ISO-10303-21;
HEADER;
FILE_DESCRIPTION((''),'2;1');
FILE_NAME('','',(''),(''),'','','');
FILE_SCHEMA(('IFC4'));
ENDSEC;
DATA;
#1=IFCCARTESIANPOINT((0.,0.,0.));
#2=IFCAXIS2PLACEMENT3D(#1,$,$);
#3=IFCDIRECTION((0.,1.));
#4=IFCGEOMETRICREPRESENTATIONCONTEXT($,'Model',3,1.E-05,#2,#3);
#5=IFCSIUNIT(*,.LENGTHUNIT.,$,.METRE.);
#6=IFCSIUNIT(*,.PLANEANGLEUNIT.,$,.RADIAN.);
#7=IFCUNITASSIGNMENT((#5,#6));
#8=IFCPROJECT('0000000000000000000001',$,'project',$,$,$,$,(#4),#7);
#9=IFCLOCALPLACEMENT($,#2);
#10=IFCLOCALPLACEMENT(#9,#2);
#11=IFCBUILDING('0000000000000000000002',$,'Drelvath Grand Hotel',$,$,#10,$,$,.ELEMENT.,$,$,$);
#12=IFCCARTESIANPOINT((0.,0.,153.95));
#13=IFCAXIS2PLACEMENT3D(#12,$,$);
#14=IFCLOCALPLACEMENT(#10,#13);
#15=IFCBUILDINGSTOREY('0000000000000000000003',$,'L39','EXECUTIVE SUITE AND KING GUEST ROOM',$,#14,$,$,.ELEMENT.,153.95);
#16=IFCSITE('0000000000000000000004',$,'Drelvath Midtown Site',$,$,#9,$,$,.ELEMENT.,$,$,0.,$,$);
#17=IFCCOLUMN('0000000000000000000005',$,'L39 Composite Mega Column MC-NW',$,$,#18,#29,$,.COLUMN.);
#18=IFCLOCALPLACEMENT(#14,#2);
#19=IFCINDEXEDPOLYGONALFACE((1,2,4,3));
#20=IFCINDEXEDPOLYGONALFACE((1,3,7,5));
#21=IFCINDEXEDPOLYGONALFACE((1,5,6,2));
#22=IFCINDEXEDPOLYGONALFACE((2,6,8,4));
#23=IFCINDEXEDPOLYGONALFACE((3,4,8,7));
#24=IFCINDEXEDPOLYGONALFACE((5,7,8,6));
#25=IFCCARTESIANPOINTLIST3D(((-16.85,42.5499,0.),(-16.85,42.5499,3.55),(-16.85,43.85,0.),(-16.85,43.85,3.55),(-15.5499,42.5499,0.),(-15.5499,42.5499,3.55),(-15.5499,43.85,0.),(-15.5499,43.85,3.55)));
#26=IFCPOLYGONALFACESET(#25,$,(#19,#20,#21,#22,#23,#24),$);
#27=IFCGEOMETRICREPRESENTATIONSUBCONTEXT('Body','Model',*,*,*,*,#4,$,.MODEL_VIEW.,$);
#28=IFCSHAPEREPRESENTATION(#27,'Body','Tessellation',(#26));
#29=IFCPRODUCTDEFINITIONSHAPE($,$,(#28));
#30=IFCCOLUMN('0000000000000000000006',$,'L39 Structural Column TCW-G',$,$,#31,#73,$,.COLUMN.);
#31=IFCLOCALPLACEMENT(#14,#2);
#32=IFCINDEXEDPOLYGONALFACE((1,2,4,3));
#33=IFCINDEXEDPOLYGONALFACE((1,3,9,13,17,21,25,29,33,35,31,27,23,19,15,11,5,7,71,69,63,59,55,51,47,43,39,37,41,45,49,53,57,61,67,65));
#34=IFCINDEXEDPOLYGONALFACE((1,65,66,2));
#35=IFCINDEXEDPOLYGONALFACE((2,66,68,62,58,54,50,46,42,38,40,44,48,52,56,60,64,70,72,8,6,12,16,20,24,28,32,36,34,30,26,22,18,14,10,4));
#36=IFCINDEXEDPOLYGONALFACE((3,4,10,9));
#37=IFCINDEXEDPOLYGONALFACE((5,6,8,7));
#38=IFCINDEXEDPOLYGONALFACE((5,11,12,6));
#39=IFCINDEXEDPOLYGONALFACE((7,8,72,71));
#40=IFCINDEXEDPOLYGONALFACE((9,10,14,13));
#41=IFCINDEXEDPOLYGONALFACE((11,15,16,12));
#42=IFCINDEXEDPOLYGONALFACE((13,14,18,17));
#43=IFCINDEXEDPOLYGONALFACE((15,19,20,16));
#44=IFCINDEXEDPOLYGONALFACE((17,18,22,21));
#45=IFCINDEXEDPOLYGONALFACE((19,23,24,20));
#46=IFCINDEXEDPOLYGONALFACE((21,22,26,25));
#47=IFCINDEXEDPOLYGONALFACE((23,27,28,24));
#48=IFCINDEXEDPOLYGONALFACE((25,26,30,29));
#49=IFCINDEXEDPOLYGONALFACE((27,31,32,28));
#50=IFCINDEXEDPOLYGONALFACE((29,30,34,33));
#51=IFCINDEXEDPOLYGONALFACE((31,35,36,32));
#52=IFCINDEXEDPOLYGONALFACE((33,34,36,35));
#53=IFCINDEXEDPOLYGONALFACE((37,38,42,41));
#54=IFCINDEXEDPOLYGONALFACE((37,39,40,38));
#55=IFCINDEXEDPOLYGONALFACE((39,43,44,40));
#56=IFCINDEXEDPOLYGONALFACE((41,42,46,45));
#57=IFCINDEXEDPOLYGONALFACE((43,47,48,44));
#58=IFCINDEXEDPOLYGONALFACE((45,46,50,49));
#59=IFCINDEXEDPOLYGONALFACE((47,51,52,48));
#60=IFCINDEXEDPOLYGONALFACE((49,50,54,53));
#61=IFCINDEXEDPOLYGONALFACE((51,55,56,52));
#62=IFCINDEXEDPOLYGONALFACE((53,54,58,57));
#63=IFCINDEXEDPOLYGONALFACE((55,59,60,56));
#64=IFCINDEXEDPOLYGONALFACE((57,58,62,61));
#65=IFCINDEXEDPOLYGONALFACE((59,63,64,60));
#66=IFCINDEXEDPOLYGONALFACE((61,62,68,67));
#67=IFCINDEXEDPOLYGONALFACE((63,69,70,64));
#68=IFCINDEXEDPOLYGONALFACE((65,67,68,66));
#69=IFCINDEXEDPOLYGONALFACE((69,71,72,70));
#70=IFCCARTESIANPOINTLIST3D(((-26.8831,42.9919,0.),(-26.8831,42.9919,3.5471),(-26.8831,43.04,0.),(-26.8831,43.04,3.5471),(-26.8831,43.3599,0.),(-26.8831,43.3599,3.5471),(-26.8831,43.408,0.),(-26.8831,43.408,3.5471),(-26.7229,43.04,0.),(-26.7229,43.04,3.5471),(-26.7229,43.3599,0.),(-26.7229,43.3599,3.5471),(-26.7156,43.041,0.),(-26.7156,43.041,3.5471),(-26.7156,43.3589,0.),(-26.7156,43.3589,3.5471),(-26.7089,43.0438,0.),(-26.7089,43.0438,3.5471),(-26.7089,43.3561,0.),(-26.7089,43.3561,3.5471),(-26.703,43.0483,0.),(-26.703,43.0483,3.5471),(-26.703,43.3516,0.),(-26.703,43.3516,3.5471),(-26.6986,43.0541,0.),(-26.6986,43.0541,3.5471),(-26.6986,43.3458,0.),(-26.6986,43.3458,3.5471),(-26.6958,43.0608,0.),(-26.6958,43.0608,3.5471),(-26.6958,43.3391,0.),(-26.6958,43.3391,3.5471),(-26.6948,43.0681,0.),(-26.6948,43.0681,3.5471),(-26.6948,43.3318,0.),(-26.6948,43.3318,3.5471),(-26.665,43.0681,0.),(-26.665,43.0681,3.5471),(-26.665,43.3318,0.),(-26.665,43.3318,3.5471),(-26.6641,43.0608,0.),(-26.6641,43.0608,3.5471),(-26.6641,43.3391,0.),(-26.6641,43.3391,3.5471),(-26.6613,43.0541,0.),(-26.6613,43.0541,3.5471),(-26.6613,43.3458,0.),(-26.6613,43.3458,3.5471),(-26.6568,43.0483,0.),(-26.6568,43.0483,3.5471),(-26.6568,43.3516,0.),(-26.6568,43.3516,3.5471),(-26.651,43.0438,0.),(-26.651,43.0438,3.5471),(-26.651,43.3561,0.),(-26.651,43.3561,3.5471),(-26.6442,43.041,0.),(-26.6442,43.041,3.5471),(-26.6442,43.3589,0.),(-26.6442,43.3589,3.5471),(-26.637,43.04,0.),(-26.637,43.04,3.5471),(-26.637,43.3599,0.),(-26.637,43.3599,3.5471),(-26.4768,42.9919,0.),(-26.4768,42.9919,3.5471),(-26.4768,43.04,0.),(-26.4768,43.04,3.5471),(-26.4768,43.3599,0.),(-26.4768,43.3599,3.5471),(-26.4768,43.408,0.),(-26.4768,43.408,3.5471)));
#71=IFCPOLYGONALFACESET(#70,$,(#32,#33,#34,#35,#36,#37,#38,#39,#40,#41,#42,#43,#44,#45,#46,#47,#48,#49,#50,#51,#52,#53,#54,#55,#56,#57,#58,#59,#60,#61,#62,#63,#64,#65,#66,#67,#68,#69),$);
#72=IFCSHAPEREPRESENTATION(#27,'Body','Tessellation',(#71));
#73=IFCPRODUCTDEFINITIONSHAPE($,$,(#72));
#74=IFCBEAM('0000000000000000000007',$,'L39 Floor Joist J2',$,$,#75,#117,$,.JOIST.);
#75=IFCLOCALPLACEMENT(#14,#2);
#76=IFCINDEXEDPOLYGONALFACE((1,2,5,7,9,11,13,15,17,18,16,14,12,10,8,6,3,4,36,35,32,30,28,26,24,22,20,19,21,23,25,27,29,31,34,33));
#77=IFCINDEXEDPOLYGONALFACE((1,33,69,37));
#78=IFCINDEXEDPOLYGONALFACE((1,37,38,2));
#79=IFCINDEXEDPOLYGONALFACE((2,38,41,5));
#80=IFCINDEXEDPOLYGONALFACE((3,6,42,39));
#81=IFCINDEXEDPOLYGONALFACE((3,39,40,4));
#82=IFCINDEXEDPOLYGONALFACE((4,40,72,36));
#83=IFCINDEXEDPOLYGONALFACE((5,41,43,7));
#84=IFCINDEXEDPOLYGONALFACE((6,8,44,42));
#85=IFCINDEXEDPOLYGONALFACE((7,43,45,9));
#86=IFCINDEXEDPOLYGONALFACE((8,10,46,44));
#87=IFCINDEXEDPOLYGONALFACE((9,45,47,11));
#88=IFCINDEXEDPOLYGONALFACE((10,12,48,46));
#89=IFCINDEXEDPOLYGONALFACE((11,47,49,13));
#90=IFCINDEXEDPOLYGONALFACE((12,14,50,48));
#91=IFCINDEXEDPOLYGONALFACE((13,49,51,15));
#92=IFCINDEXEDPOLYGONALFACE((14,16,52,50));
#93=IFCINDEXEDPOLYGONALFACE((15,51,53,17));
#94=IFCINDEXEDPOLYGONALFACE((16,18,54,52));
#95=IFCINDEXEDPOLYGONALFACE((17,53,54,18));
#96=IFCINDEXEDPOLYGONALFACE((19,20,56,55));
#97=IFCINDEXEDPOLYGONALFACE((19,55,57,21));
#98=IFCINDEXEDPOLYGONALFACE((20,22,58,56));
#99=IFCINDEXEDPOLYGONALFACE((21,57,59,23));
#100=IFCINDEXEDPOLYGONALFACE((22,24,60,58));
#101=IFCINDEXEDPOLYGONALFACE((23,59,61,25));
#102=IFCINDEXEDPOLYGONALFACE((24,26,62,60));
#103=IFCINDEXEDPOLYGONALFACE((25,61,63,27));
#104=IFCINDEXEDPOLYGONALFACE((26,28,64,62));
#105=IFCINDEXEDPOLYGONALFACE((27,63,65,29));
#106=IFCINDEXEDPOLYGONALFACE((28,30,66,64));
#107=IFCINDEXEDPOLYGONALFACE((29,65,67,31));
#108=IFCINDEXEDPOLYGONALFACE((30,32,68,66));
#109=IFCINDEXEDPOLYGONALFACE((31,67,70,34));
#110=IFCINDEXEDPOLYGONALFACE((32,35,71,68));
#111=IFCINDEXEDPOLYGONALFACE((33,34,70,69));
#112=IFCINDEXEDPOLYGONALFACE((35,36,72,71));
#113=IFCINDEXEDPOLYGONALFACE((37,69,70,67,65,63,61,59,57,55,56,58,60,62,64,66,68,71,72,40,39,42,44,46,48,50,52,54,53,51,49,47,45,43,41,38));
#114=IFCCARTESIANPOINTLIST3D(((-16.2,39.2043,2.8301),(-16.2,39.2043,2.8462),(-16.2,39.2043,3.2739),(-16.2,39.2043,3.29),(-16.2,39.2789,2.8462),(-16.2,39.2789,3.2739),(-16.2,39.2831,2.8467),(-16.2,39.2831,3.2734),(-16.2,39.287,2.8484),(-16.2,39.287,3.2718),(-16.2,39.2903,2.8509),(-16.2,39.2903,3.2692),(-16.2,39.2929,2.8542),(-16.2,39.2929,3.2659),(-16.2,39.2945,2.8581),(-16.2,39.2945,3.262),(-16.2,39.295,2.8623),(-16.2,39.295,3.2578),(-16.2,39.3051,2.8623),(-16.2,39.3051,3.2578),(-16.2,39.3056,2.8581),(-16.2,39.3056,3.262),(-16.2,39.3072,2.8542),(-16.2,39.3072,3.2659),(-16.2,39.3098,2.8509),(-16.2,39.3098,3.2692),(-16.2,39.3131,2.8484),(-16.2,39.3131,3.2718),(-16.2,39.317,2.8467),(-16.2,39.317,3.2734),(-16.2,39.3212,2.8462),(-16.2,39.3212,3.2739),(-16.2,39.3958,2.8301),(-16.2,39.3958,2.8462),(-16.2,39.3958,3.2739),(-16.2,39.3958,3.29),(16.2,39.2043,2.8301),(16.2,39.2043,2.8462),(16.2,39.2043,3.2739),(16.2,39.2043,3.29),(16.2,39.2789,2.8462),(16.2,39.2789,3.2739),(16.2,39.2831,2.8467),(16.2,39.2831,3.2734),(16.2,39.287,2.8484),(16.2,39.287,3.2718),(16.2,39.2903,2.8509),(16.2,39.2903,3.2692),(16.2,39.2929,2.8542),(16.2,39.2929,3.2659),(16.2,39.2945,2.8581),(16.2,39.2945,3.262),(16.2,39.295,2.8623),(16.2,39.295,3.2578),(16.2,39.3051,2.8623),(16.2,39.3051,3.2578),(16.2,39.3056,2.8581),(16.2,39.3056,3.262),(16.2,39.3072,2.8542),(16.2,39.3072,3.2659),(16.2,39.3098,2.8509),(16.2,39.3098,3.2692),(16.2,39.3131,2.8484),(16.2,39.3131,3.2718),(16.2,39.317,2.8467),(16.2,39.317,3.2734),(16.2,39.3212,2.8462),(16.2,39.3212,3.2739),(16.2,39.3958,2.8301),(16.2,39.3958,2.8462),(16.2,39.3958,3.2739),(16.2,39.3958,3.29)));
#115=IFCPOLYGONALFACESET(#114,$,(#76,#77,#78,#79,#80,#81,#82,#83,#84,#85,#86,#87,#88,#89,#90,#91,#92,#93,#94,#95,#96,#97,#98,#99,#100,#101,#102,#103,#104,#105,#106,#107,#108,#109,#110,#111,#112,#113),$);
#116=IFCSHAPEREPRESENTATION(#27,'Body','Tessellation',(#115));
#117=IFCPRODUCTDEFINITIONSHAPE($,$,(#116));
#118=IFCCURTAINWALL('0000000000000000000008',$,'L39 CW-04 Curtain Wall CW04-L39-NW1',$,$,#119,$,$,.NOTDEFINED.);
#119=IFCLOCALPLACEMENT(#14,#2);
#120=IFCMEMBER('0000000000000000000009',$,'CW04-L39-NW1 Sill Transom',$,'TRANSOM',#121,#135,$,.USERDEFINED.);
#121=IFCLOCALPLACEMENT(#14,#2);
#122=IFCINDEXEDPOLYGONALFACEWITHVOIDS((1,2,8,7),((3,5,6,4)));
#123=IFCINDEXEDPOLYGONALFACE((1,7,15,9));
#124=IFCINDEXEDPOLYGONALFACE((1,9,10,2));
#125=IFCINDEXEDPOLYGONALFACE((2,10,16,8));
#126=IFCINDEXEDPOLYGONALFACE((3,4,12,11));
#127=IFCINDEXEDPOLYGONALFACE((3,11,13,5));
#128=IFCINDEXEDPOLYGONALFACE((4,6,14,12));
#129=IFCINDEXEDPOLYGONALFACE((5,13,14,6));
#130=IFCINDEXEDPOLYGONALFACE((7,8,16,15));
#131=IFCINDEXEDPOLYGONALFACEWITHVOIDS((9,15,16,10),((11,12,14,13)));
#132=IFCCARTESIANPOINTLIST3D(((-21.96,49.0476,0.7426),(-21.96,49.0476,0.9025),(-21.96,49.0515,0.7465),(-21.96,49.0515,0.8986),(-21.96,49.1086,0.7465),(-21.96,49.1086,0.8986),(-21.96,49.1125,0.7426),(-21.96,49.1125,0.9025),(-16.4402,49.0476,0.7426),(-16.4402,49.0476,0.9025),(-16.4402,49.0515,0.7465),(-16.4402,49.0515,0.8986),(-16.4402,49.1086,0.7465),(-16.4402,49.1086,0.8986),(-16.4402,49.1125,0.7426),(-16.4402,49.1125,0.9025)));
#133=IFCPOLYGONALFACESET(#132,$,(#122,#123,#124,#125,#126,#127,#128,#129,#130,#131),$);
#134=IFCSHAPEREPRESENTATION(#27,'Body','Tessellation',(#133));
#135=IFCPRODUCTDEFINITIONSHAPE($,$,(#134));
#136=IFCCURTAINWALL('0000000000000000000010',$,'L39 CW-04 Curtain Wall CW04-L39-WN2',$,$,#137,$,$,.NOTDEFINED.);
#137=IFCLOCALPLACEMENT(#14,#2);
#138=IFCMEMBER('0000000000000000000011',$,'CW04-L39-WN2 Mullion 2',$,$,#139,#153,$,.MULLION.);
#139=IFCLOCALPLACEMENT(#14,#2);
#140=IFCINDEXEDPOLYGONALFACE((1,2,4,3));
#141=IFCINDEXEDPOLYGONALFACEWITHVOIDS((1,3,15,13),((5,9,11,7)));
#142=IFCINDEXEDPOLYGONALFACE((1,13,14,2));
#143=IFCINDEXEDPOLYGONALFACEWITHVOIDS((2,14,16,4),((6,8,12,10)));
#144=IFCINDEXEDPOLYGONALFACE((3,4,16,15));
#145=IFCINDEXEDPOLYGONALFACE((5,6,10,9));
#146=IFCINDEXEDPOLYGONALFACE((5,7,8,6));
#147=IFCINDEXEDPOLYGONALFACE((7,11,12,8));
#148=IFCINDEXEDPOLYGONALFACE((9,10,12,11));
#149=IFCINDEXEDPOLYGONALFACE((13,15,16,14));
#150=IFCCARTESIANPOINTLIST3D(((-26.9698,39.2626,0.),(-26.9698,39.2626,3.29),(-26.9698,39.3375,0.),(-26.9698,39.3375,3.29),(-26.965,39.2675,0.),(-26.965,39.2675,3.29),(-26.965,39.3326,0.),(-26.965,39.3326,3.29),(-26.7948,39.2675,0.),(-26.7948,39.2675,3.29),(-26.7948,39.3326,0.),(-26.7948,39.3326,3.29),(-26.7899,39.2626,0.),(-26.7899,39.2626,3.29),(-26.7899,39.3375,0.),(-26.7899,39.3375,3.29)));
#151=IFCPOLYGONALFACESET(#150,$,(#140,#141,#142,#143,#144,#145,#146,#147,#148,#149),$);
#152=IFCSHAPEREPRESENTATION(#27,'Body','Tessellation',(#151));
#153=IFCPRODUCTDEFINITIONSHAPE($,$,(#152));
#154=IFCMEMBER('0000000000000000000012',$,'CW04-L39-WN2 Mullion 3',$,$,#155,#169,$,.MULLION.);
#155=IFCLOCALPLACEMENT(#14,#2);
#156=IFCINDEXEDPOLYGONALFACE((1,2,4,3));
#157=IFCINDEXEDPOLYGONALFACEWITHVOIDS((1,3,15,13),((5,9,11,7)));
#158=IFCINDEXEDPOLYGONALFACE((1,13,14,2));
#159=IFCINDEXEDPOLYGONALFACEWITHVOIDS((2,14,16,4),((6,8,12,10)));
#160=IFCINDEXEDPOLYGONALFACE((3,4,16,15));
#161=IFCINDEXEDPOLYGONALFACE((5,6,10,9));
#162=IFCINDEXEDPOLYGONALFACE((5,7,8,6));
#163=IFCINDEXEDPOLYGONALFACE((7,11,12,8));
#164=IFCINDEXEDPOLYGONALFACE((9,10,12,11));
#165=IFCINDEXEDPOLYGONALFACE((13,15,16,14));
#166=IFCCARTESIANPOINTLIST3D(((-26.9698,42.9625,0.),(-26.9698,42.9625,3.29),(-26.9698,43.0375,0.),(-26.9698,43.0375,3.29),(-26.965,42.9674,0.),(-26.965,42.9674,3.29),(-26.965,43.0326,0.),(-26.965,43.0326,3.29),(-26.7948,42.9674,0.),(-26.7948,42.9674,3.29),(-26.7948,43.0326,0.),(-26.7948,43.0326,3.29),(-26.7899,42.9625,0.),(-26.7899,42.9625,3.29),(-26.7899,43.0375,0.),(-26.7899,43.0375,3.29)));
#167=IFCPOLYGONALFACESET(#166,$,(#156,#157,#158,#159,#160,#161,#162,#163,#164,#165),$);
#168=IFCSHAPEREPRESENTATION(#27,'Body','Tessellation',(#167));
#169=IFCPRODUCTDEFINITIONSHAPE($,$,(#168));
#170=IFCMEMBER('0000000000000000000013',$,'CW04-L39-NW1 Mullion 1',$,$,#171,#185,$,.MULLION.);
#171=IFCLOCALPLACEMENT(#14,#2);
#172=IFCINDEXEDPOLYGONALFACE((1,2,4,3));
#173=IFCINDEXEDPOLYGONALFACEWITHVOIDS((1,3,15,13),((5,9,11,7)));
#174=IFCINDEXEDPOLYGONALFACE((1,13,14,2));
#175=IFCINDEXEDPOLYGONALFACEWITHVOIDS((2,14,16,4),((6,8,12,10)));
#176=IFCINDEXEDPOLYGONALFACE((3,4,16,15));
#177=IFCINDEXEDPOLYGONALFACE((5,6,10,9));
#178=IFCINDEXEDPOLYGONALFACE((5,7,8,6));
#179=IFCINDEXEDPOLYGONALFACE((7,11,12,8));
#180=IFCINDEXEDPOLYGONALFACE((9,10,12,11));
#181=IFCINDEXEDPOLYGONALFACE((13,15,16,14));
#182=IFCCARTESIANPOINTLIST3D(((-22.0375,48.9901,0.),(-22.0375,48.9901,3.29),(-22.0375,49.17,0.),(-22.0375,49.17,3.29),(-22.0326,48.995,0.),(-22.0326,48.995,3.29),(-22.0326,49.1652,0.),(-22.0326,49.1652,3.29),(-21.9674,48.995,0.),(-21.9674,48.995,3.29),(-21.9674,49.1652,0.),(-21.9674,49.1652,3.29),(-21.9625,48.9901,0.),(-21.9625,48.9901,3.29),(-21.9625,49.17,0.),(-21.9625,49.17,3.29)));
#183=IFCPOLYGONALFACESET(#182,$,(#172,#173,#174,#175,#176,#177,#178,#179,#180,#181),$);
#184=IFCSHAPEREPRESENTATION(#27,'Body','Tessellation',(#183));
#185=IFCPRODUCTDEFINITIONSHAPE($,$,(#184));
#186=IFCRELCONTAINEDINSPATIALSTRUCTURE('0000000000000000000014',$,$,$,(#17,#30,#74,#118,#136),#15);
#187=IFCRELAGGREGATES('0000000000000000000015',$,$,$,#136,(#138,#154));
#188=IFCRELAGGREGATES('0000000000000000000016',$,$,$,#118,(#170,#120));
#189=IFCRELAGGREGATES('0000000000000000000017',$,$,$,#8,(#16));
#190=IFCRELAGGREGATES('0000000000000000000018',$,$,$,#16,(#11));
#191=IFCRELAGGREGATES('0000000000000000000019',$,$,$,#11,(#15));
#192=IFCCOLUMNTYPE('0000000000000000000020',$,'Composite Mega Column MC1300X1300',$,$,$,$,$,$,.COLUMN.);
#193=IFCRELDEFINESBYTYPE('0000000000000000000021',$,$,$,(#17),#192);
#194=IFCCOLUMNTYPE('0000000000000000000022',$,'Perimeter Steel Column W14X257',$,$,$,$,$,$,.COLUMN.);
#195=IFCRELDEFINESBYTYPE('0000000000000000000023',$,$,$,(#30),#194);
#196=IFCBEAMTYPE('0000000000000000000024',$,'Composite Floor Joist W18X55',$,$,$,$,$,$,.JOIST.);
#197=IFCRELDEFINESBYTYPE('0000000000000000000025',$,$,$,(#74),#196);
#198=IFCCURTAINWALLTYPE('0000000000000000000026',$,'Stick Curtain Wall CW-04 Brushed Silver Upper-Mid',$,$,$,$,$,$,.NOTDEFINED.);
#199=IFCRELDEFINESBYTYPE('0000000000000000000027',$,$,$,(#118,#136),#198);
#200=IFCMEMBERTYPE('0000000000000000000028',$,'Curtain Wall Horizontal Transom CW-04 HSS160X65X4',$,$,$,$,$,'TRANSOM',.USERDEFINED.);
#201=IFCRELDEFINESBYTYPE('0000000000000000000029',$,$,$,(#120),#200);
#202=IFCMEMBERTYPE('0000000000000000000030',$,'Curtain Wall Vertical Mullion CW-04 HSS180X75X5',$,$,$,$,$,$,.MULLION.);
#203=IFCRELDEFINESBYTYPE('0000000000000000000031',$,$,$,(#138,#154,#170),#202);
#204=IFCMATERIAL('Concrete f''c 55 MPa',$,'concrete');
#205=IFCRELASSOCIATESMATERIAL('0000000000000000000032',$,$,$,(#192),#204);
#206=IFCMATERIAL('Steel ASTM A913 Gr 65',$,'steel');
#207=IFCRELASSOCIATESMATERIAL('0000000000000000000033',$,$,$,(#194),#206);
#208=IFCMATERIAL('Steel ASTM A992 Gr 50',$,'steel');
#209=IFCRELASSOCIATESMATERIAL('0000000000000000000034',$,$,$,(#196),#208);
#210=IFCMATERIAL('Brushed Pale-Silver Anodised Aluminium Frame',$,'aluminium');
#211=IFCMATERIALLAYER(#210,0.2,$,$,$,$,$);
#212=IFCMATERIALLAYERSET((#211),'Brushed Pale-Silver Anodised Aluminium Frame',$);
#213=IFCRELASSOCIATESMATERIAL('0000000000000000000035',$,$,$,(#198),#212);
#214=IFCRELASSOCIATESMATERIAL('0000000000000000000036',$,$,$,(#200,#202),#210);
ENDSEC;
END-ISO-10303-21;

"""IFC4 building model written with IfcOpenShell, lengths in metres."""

from ifc_helpers import new_model, si_unit, direction, frame, origin, origin_2d, place, context, subcontext, project, spatial, rectangle, hollow_rectangle, i_section, extrude, material, layer, layer_set, material_profile, profile_set, type_object, element, aggregate, save


model = new_model("IFC4")

# Units and contexts
model_context = context("Model", 3, precision=1e-05, world=origin(), true_north=direction((0.0, 1.0)))
body_context = subcontext(model_context, "Body", "Model", "MODEL_VIEW")
ifc_project = project(units=[si_unit("LENGTHUNIT", "METRE"), si_unit("PLANEANGLEUNIT", "RADIAN")], contexts=[model_context])

# Site, building, storey
site_placement = place(None, origin())
site = spatial("IfcSite", under=ifc_project, at=site_placement, Name="Drelvath Midtown Site", CompositionType="ELEMENT", RefElevation=0.0)
building_placement = place(site_placement, origin())
building = spatial("IfcBuilding", under=site, at=building_placement, Name="Drelvath Grand Hotel", CompositionType="ELEMENT")
storey_placement = place(building_placement, frame((0.0, 0.0, 153.95)))
storey = spatial("IfcBuildingStorey", under=building, at=storey_placement, Name="L39", Description="EXECUTIVE SUITE AND KING GUEST ROOM", CompositionType="ELEMENT", Elevation=153.95)

# Columns
ifc_material_1 = material(Name="Concrete f'c 55 MPa", Category="concrete")
ifc_material_profile_1 = material_profile(ifc_material_1, rectangle(XDim=1.3, YDim=1.3, at=origin_2d()), Name="MC1300X1300")
ifc_profile_set_1 = profile_set([ifc_material_profile_1], Name="Concrete f'c 55 MPa")
column_type_1 = type_object("IfcColumnType", Name="Composite Mega Column MC1300X1300", PredefinedType="COLUMN", material=ifc_profile_set_1)
column_1_placement = place(storey_placement, frame((-16.2, 43.2, 0.0), z_axis=(0.0, 0.0, 1.0), x_axis=(1.0, 0.0, 0.0)))
element("IfcColumn", 1, at=column_1_placement, inside=storey, type_object=column_type_1, Name="L39 Composite Mega Column MC-NW", PredefinedType="COLUMN", context=body_context, shape_type="SweptSolid", body=[
    extrude(rectangle(XDim=1.3, YDim=1.3, at=origin_2d()), origin(), (0.0, 0.0, 1.0), 3.55),
])
ifc_material_2 = material(Name="Steel ASTM A913 Gr 65", Category="steel")
ifc_material_profile_2 = material_profile(ifc_material_2, i_section(OverallWidth=0.4062, OverallDepth=0.416, WebThickness=0.0298, FlangeThickness=0.0481, FilletRadius=0.0281, at=origin_2d()), Name="W14X257")
ifc_profile_set_2 = profile_set([ifc_material_profile_2], Name="Steel ASTM A913 Gr 65")
column_type_2 = type_object("IfcColumnType", Name="Perimeter Steel Column W14X257", PredefinedType="COLUMN", material=ifc_profile_set_2)
column_2_placement = place(storey_placement, frame((-26.6799, 43.2, 0.0), z_axis=(0.0, 0.0, 1.0), x_axis=(1.0, 0.0, 0.0)))
element("IfcColumn", 2, at=column_2_placement, inside=storey, type_object=column_type_2, Name="L39 Structural Column TCW-G", PredefinedType="COLUMN", context=body_context, shape_type="SweptSolid", body=[
    extrude(i_section(OverallWidth=0.4062, OverallDepth=0.416, WebThickness=0.0298, FlangeThickness=0.0481, FilletRadius=0.0281, at=origin_2d()), origin(), (0.0, 0.0, 1.0), 3.5471),
])

# Beam
ifc_material_3 = material(Name="Steel ASTM A992 Gr 50", Category="steel")
ifc_material_profile_3 = material_profile(ifc_material_3, i_section(OverallWidth=0.1914, OverallDepth=0.46, WebThickness=0.01, FlangeThickness=0.0161, FilletRadius=0.0161, at=origin_2d()), Name="W18X55")
ifc_profile_set_3 = profile_set([ifc_material_profile_3], Name="Steel ASTM A992 Gr 50")
beam_type_1 = type_object("IfcBeamType", Name="Composite Floor Joist W18X55", PredefinedType="JOIST", material=ifc_profile_set_3)
beam_1_placement = place(storey_placement, frame((-16.2, 39.3, 3.0601), z_axis=(1.0, 0.0, 0.0), x_axis=(0.0, 1.0, 0.0)))
element("IfcBeam", 3, at=beam_1_placement, inside=storey, type_object=beam_type_1, Name="L39 Floor Joist J2", PredefinedType="JOIST", context=body_context, shape_type="SweptSolid", body=[
    extrude(i_section(OverallWidth=0.1914, OverallDepth=0.46, WebThickness=0.01, FlangeThickness=0.0161, FilletRadius=0.0161, at=origin_2d()), origin(), (0.0, 0.0, 1.0), 32.3999),
])

# Curtain wall, member
ifc_material_4 = material(Name="Brushed Pale-Silver Anodised Aluminium Frame", Category="aluminium")
ifc_layer_1 = layer(ifc_material_4, 0.2)
ifc_layer_set_1 = layer_set([ifc_layer_1], Name="Brushed Pale-Silver Anodised Aluminium Frame")
curtain_wall_type = type_object("IfcCurtainWallType", Name="Stick Curtain Wall CW-04 Brushed Silver Upper-Mid", PredefinedType="NOTDEFINED", material=ifc_layer_set_1)
curtain_wall_1_placement = place(storey_placement, origin())
curtain_wall_1 = element("IfcCurtainWall", 4, at=curtain_wall_1_placement, inside=storey, type_object=curtain_wall_type, Name="L39 CW-04 Curtain Wall CW04-L39-NW1", PredefinedType="NOTDEFINED")
ifc_material_profile_4 = material_profile(ifc_material_4, hollow_rectangle(XDim=0.0649, YDim=0.1599, WallThickness=0.0039, at=origin_2d()), Name="HSS160X65X4")
ifc_profile_set_4 = profile_set([ifc_material_profile_4], Name="Brushed Pale-Silver Anodised Aluminium Frame")
member_type_1 = type_object("IfcMemberType", Name="Curtain Wall Horizontal Transom CW-04 HSS160X65X4", ElementType="TRANSOM", PredefinedType="USERDEFINED", material=ifc_profile_set_4)
member_1_placement = place(storey_placement, frame((-21.96, 49.0801, 0.8225), z_axis=(1.0, 0.0, 0.0), x_axis=(0.0, 1.0, 0.0)))
member_1 = element("IfcMember", 5, at=member_1_placement, type_object=member_type_1, Name="CW04-L39-NW1 Sill Transom", ObjectType="TRANSOM", PredefinedType="USERDEFINED", context=body_context, shape_type="SweptSolid", body=[
    extrude(hollow_rectangle(XDim=0.0649, YDim=0.1599, WallThickness=0.0039, at=origin_2d()), origin(), (0.0, 0.0, 1.0), 5.5198),
])

# Curtain wall, members
curtain_wall_2_placement = place(storey_placement, origin())
curtain_wall_2 = element("IfcCurtainWall", 6, at=curtain_wall_2_placement, inside=storey, type_object=curtain_wall_type, Name="L39 CW-04 Curtain Wall CW04-L39-WN2", PredefinedType="NOTDEFINED")
ifc_material_profile_5 = material_profile(ifc_material_4, hollow_rectangle(XDim=0.075, YDim=0.1799, WallThickness=0.0049, at=origin_2d()), Name="HSS180X75X5")
ifc_profile_set_5 = profile_set([ifc_material_profile_5], Name="Brushed Pale-Silver Anodised Aluminium Frame")
member_type_2 = type_object("IfcMemberType", Name="Curtain Wall Vertical Mullion CW-04 HSS180X75X5", PredefinedType="MULLION", material=ifc_profile_set_5)
member_2_placement = place(storey_placement, frame((-26.8799, 39.3, 0.0), z_axis=(0.0, 0.0, 1.0), x_axis=(0.0, 1.0, 0.0)))
member_2 = element("IfcMember", 7, at=member_2_placement, type_object=member_type_2, Name="CW04-L39-WN2 Mullion 2", PredefinedType="MULLION", context=body_context, shape_type="SweptSolid", body=[
    extrude(hollow_rectangle(XDim=0.075, YDim=0.1799, WallThickness=0.0049, at=origin_2d()), origin(), (0.0, 0.0, 1.0), 3.29),
])
member_3_placement = place(storey_placement, frame((-26.8799, 43.0, 0.0), z_axis=(0.0, 0.0, 1.0), x_axis=(0.0, 1.0, 0.0)))
member_3 = element("IfcMember", 8, at=member_3_placement, type_object=member_type_2, Name="CW04-L39-WN2 Mullion 3", PredefinedType="MULLION", context=body_context, shape_type="SweptSolid", body=[
    extrude(hollow_rectangle(XDim=0.075, YDim=0.1799, WallThickness=0.0049, at=origin_2d()), origin(), (0.0, 0.0, 1.0), 3.29),
])

# Member
member_4_placement = place(storey_placement, frame((-22.0, 49.0801, 0.0), z_axis=(0.0, 0.0, 1.0), x_axis=(1.0, 0.0, 0.0)))
member_4 = element("IfcMember", 9, at=member_4_placement, type_object=member_type_2, Name="CW04-L39-NW1 Mullion 1", PredefinedType="MULLION", context=body_context, shape_type="SweptSolid", body=[
    extrude(hollow_rectangle(XDim=0.075, YDim=0.1799, WallThickness=0.0049, at=origin_2d()), origin(), (0.0, 0.0, 1.0), 3.29),
])

aggregate(curtain_wall_2, [member_2, member_3])
aggregate(curtain_wall_1, [member_4, member_1])

save(model, "model.ifc")
